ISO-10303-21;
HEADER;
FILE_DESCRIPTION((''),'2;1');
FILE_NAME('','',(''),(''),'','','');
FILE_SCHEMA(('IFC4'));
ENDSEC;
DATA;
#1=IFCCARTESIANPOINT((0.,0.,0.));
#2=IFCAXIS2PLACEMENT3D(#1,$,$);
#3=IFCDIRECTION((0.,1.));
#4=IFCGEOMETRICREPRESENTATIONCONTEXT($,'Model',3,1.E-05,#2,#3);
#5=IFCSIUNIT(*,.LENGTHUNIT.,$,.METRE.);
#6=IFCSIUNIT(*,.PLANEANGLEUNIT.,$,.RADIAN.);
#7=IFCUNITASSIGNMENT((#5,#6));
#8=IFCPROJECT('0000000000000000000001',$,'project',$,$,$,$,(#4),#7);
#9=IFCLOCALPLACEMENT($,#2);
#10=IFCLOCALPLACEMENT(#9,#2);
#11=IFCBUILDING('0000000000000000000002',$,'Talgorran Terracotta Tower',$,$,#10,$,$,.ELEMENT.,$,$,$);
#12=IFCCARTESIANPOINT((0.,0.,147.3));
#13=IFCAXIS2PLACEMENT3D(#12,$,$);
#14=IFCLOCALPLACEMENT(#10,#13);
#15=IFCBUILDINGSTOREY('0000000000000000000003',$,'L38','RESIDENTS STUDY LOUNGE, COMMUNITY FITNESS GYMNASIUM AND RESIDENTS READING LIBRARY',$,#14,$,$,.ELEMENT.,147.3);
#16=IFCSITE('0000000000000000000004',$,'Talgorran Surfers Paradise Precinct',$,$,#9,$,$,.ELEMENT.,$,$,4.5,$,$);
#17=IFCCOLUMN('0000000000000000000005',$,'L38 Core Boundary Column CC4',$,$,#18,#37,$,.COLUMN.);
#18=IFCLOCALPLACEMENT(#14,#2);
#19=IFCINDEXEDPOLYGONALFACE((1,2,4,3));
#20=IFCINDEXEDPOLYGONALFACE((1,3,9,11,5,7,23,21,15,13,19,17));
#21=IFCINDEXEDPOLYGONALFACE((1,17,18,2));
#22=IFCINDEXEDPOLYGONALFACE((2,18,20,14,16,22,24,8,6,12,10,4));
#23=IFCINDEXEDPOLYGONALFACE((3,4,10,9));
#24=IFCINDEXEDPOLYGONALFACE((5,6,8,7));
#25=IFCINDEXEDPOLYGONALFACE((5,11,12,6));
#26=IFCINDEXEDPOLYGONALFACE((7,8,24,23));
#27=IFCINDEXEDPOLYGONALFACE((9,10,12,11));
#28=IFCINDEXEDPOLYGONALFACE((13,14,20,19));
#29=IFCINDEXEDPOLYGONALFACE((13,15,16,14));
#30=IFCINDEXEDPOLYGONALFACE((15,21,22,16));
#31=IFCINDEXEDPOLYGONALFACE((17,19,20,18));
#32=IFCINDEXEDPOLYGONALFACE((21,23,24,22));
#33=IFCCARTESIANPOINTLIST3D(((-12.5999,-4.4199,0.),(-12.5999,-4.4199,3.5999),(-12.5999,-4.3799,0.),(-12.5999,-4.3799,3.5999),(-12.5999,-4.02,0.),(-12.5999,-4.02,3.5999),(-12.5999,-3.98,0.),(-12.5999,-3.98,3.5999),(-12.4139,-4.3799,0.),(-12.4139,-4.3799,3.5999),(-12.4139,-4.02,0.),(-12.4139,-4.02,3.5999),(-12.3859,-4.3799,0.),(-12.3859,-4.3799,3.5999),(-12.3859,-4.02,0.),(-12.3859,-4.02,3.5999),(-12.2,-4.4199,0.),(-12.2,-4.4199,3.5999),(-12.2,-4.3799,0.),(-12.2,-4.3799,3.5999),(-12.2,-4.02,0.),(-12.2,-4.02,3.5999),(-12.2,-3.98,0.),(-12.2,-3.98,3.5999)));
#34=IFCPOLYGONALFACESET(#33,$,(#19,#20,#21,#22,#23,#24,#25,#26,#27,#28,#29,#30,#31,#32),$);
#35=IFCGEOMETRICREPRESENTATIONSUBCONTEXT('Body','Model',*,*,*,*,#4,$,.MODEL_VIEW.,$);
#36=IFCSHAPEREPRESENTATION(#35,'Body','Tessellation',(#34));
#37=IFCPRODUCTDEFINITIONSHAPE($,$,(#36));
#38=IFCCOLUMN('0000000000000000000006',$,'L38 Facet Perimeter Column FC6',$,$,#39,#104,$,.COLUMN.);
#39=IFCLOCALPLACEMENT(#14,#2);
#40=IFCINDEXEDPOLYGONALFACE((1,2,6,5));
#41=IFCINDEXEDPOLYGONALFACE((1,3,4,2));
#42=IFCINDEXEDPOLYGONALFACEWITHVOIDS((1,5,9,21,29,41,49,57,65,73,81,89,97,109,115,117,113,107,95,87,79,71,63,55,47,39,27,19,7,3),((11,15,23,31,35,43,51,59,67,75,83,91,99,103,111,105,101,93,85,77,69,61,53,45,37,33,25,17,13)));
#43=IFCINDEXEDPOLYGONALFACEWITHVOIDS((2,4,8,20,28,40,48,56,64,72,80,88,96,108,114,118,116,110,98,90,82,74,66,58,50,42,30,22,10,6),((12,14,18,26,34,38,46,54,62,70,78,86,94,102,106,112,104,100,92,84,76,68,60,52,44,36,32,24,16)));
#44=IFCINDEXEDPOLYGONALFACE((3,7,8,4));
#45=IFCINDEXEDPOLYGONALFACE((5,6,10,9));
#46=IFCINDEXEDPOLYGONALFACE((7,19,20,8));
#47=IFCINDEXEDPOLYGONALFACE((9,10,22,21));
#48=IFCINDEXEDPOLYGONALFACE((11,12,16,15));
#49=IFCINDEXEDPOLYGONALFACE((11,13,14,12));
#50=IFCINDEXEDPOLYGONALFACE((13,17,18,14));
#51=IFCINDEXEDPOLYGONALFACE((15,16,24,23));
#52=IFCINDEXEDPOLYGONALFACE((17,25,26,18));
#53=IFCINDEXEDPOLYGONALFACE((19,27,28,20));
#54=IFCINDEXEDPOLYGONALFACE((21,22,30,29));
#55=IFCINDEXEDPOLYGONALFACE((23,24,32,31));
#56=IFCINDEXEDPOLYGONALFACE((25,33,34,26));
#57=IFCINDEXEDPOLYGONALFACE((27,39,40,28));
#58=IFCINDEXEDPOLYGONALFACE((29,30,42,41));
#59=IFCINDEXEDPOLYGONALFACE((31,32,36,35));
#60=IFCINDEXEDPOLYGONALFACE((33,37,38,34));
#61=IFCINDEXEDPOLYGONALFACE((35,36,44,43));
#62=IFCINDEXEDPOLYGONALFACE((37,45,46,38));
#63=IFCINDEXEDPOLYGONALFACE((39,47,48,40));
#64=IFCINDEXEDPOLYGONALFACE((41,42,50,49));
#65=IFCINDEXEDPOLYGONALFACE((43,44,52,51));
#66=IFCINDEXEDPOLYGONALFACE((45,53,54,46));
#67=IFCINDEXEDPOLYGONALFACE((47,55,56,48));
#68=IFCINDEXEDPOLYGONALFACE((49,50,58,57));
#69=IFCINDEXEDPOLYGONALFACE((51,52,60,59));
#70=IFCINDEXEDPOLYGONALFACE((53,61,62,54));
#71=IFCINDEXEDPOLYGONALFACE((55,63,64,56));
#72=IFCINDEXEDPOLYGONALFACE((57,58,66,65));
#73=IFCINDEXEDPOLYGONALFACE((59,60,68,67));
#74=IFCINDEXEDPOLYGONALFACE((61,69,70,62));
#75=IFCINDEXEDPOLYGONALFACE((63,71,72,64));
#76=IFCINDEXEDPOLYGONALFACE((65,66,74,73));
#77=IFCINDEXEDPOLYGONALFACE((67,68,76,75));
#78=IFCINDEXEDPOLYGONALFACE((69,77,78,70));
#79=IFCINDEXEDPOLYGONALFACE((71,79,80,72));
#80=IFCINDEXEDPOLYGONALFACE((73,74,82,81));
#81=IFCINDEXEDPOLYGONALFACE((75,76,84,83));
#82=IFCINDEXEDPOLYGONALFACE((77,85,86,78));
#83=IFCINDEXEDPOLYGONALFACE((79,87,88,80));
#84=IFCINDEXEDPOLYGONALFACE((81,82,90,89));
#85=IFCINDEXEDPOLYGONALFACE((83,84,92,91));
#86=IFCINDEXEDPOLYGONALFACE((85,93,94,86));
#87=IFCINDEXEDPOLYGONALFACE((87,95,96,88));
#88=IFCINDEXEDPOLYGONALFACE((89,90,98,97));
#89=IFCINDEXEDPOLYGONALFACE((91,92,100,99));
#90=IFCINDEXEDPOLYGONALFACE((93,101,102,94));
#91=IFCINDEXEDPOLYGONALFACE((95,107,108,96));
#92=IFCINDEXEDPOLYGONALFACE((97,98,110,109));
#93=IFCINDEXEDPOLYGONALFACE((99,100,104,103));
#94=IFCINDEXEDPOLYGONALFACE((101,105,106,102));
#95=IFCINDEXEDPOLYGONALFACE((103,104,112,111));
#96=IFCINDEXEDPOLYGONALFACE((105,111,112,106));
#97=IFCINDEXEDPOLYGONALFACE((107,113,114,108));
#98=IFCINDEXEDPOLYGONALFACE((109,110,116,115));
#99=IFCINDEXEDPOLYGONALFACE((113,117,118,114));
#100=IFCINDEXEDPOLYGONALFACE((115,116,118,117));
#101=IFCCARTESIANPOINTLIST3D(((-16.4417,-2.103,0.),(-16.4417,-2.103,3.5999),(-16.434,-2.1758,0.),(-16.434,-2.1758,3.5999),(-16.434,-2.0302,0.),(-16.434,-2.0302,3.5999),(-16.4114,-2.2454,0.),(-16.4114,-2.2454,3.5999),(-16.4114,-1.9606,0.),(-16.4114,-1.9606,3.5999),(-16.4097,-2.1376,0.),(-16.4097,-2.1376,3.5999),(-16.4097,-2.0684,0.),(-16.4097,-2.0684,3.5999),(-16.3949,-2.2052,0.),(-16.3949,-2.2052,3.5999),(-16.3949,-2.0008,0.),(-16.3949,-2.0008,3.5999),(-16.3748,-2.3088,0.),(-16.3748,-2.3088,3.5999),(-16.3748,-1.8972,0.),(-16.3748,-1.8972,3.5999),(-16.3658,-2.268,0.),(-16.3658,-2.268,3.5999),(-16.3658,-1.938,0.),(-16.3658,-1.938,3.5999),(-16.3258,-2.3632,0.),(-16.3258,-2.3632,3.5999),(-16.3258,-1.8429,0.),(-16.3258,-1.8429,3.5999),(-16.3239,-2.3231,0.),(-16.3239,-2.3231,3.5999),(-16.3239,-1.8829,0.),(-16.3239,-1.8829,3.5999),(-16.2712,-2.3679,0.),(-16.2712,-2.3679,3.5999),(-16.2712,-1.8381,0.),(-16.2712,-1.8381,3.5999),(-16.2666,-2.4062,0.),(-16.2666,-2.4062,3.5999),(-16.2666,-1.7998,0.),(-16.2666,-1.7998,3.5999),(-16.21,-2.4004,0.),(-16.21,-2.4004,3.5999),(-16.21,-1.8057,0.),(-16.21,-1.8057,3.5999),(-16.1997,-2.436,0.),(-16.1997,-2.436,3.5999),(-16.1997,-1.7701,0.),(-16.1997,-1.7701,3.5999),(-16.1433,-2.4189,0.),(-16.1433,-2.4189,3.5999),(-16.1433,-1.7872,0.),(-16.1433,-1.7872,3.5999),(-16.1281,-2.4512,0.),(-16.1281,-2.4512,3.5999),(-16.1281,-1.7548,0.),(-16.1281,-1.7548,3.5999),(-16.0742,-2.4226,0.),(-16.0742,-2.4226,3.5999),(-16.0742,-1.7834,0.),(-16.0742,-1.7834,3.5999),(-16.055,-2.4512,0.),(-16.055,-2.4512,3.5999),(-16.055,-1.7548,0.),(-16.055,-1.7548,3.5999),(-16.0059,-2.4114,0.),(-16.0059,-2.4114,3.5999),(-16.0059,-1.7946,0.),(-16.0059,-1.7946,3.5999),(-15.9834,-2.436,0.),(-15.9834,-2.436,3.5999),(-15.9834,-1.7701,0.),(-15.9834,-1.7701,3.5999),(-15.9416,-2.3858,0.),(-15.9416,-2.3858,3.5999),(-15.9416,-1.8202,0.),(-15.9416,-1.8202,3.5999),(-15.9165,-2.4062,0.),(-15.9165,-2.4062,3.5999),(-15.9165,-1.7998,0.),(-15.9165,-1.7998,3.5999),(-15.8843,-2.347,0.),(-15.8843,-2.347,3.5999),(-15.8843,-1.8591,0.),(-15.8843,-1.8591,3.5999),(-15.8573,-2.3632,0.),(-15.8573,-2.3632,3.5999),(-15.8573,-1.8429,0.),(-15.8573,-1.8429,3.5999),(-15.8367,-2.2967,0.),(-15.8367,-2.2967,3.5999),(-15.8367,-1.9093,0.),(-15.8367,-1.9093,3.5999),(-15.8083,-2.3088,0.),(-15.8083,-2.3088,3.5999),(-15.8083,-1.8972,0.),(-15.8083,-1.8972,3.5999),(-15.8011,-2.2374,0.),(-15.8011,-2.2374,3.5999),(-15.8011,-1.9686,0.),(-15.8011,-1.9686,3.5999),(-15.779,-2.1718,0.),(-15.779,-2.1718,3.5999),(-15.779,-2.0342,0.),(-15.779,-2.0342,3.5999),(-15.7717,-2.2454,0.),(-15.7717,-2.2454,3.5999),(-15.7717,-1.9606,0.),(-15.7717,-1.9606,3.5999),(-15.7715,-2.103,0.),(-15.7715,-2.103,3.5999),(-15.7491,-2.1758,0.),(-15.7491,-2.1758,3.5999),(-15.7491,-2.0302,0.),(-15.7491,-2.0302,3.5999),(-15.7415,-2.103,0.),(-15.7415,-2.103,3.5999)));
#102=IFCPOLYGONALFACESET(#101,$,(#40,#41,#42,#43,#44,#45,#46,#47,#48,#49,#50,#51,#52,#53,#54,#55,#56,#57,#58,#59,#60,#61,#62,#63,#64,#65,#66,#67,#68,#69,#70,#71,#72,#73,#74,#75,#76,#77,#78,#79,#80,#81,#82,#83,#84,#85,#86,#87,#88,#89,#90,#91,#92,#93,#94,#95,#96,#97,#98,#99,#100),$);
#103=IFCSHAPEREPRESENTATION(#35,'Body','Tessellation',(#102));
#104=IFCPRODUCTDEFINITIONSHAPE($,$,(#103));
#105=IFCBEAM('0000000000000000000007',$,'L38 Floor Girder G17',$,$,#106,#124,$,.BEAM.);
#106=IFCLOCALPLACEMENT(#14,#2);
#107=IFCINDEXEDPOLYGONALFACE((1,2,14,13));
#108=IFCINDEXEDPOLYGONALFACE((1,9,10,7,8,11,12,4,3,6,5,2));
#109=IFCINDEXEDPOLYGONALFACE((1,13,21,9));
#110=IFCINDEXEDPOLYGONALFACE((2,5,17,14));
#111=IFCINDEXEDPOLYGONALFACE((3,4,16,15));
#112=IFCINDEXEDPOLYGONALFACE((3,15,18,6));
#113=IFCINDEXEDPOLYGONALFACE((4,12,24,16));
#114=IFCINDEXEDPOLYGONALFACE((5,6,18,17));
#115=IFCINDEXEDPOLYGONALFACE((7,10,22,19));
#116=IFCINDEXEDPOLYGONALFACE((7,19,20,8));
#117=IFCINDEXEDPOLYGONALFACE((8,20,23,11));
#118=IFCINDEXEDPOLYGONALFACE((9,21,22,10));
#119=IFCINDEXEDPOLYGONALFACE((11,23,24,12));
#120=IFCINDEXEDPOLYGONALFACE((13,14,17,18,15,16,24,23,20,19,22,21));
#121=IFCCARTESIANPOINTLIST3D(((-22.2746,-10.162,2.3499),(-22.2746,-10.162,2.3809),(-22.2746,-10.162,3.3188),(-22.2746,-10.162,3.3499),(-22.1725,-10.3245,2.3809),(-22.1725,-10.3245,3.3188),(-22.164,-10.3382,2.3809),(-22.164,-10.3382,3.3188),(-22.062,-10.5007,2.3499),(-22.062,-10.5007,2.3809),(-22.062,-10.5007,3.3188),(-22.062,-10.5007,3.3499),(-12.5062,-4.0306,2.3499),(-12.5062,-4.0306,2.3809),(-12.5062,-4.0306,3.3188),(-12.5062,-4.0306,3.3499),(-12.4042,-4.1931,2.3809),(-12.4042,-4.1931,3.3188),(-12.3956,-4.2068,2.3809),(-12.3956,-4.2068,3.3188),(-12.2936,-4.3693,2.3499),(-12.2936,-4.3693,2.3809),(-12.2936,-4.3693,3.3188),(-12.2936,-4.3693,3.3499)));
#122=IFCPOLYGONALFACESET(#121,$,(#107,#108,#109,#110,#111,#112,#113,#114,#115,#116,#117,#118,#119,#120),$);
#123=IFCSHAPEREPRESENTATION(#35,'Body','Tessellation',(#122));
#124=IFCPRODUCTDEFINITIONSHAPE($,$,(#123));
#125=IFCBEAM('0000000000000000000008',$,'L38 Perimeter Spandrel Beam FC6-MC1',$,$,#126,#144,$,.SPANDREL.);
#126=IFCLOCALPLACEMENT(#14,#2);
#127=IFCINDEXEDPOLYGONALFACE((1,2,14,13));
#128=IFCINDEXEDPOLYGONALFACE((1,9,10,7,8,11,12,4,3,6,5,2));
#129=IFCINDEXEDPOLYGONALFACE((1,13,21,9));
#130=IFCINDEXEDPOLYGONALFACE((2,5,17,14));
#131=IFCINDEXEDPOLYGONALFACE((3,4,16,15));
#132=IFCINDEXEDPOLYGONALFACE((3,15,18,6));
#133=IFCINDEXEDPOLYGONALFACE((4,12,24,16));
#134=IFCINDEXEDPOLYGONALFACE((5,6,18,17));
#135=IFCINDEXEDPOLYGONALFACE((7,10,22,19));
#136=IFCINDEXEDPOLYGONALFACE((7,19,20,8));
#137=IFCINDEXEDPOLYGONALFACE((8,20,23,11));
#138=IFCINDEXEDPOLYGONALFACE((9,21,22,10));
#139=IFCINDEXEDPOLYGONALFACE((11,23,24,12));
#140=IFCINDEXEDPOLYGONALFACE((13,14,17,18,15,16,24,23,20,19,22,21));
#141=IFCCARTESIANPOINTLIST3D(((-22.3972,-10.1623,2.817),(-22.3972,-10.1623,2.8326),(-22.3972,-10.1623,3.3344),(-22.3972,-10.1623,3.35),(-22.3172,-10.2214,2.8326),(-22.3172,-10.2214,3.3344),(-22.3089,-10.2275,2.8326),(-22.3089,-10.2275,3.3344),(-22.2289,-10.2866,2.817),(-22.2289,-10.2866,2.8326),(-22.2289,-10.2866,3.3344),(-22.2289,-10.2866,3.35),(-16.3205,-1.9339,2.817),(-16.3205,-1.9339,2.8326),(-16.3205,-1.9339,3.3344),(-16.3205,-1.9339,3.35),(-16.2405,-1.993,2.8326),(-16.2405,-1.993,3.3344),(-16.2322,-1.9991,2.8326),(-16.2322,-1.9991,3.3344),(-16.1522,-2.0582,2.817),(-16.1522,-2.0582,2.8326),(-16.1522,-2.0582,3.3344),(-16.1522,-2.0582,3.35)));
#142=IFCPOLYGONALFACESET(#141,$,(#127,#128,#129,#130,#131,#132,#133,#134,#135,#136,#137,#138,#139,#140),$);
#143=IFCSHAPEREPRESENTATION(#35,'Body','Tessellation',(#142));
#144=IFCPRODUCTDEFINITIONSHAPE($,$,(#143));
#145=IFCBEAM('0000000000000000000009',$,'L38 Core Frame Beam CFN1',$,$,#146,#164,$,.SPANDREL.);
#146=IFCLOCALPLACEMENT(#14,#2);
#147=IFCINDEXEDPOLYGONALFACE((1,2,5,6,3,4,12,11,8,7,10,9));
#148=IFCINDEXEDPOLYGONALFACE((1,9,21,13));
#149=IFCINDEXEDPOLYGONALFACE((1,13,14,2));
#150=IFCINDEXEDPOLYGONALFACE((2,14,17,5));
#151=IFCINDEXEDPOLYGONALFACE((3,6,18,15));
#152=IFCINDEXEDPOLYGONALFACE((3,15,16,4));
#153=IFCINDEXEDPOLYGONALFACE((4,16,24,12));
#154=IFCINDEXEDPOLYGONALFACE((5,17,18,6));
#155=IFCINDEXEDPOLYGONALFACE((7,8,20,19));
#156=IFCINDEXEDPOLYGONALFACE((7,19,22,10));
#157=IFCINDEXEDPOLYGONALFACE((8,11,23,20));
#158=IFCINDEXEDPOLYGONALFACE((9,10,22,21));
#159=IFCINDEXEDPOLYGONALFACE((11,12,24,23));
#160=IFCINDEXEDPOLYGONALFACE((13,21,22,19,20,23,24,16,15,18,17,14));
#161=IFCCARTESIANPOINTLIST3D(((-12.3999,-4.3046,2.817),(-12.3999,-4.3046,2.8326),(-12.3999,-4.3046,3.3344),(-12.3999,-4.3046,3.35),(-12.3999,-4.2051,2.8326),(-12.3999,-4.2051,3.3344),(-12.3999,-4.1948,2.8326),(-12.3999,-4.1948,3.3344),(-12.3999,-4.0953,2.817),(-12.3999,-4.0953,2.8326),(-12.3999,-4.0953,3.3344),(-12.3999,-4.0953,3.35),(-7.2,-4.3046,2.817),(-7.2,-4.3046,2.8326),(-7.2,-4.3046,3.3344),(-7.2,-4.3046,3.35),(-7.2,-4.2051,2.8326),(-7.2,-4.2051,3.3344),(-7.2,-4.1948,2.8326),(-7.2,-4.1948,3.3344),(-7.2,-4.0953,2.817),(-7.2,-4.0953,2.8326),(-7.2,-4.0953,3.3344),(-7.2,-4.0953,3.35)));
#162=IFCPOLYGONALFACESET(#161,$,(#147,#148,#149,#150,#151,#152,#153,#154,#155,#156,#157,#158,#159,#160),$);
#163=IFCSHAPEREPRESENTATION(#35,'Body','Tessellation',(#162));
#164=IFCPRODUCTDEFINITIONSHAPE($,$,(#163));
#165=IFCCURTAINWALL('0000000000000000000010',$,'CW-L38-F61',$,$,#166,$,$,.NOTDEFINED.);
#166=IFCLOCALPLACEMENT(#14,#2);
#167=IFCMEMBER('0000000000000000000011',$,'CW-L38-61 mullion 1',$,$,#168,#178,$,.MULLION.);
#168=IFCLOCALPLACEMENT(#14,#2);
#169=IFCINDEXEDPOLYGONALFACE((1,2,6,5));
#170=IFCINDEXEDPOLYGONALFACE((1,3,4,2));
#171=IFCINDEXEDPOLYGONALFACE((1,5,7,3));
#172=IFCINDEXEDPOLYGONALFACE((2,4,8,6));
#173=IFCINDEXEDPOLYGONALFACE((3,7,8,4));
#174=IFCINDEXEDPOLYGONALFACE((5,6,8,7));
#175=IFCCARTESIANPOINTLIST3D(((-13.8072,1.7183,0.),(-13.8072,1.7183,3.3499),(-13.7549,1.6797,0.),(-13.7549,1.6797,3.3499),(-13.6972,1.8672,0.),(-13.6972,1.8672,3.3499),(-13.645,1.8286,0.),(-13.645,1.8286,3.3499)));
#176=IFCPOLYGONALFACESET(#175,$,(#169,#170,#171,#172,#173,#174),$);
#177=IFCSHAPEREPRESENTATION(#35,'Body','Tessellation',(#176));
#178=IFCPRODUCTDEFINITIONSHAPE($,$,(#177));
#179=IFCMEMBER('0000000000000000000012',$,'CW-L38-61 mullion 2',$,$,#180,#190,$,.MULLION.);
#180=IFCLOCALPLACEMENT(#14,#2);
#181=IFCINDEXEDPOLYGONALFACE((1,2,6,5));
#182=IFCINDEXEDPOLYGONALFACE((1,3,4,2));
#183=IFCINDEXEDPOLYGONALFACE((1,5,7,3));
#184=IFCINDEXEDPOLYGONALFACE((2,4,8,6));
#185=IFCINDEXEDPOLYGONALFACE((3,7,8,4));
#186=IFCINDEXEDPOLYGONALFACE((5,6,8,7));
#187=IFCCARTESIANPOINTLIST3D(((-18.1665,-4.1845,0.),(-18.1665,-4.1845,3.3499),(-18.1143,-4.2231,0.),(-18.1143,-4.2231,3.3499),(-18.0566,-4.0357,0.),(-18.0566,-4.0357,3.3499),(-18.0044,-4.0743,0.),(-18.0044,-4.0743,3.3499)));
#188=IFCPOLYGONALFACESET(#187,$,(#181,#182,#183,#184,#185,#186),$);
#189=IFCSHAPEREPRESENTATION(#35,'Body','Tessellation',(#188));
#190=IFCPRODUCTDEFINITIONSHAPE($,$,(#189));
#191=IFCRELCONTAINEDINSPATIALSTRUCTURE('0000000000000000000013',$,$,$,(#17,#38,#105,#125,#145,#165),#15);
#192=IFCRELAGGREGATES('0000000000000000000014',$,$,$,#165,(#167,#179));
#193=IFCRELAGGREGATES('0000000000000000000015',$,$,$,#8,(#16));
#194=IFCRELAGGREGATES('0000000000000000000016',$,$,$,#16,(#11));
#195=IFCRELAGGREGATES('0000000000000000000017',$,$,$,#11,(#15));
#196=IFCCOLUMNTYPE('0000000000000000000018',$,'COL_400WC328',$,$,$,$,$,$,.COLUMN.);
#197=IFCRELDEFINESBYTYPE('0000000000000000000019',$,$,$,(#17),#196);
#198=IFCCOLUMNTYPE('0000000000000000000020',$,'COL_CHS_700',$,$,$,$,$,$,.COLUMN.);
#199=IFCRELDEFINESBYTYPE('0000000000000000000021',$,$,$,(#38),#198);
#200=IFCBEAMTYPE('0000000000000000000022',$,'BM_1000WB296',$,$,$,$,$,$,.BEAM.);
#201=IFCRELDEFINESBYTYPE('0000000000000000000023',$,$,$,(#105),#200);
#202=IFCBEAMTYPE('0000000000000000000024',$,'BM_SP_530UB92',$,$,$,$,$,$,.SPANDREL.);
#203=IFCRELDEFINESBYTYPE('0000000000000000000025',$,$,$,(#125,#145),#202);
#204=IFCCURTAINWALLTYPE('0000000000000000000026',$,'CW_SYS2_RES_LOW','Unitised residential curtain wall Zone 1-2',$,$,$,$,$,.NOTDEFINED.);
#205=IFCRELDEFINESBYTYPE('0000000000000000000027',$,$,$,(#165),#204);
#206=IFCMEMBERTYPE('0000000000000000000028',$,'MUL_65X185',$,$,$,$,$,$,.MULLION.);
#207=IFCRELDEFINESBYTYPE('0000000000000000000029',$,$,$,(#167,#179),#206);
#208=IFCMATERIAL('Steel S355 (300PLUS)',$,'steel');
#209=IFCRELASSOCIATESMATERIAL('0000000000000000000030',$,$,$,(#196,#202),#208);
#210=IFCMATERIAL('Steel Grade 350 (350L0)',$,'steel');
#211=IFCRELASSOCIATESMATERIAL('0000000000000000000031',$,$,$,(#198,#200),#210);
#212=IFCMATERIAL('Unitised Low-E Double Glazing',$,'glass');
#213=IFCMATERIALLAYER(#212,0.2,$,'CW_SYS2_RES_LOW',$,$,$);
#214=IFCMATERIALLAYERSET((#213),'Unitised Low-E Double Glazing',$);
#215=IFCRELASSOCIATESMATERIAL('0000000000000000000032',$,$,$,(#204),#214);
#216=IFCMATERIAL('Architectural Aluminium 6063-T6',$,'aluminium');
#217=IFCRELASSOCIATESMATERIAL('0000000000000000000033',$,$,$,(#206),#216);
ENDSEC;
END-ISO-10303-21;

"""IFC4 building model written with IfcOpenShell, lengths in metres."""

from ifc_helpers import new_model, si_unit, direction, frame, origin, origin_2d, place, context, subcontext, project, spatial, rectangle, hollow_circle, i_section, extrude, material, layer, layer_set, material_profile, profile_set, type_object, element, aggregate, save


model = new_model("IFC4")

# Units and contexts
model_context = context("Model", 3, precision=1e-05, world=origin(), true_north=direction((0.0, 1.0)))
body_context = subcontext(model_context, "Body", "Model", "MODEL_VIEW")
ifc_project = project(units=[si_unit("LENGTHUNIT", "METRE"), si_unit("PLANEANGLEUNIT", "RADIAN")], contexts=[model_context])

# Site, building, storey
site_placement = place(None, origin())
site = spatial("IfcSite", under=ifc_project, at=site_placement, Name="Talgorran Surfers Paradise Precinct", CompositionType="ELEMENT", RefElevation=4.5)
building_placement = place(site_placement, origin())
building = spatial("IfcBuilding", under=site, at=building_placement, Name="Talgorran Terracotta Tower", CompositionType="ELEMENT")
storey_placement = place(building_placement, frame((0.0, 0.0, 147.3)))
storey = spatial("IfcBuildingStorey", under=building, at=storey_placement, Name="L38", Description="RESIDENTS STUDY LOUNGE, COMMUNITY FITNESS GYMNASIUM AND RESIDENTS READING LIBRARY", CompositionType="ELEMENT", Elevation=147.3)

# Columns
ifc_material_1 = material(Name="Steel S355 (300PLUS)", Category="steel")
ifc_material_profile_1 = material_profile(ifc_material_1, i_section(OverallWidth=0.3999, OverallDepth=0.4399, WebThickness=0.0281, FlangeThickness=0.04, at=origin_2d()), Name="400WC328")
ifc_profile_set_1 = profile_set([ifc_material_profile_1], Name="Steel S355 (300PLUS)")
column_type_1 = type_object("IfcColumnType", Name="COL_400WC328", PredefinedType="COLUMN", material=ifc_profile_set_1)
column_1_placement = place(storey_placement, frame((-12.3999, -4.2, 0.0), z_axis=(0.0, 0.0, 1.0), x_axis=(1.0, 0.0, 0.0)))
element("IfcColumn", 1, at=column_1_placement, inside=storey, type_object=column_type_1, Name="L38 Core Boundary Column CC4", PredefinedType="COLUMN", context=body_context, shape_type="SweptSolid", body=[
    extrude(i_section(OverallWidth=0.3999, OverallDepth=0.4399, WebThickness=0.0281, FlangeThickness=0.04, at=origin_2d()), origin(), (0.0, 0.0, 1.0), 3.5999),
])
ifc_material_2 = material(Name="Steel Grade 350 (350L0)", Category="steel")
ifc_material_profile_2 = material_profile(ifc_material_2, hollow_circle(Radius=0.3501, WallThickness=0.03, at=origin_2d()), Name="CHS700X30")
ifc_profile_set_2 = profile_set([ifc_material_profile_2], Name="Steel Grade 350 (350L0)")
column_type_2 = type_object("IfcColumnType", Name="COL_CHS_700", PredefinedType="COLUMN", material=ifc_profile_set_2)
column_2_placement = place(storey_placement, frame((-16.0916, -2.103, 0.0), z_axis=(0.0, 0.0, 1.0), x_axis=(1.0, 0.0, 0.0)))
element("IfcColumn", 2, at=column_2_placement, inside=storey, type_object=column_type_2, Name="L38 Facet Perimeter Column FC6", PredefinedType="COLUMN", context=body_context, shape_type="SweptSolid", body=[
    extrude(hollow_circle(Radius=0.3501, WallThickness=0.03, at=origin_2d()), origin(), (0.0, 0.0, 1.0), 3.5999),
])

# Beams
ifc_material_profile_3 = material_profile(ifc_material_2, i_section(OverallWidth=0.3999, OverallDepth=1.0, WebThickness=0.0161, FlangeThickness=0.031, at=origin_2d()), Name="1000WB296")
ifc_profile_set_3 = profile_set([ifc_material_profile_3], Name="Steel Grade 350 (350L0)")
beam_type_1 = type_object("IfcBeamType", Name="BM_1000WB296", PredefinedType="BEAM", material=ifc_profile_set_3)
beam_1_placement = place(storey_placement, frame((-12.3999, -4.2, 2.8499), z_axis=(-0.846978, -0.531629, 0.0), x_axis=(0.531629, -0.846978, 0.0)))
element("IfcBeam", 3, at=beam_1_placement, inside=storey, type_object=beam_type_1, Name="L38 Floor Girder G17", PredefinedType="BEAM", context=body_context, shape_type="SweptSolid", body=[
    extrude(i_section(OverallWidth=0.3999, OverallDepth=1.0, WebThickness=0.0161, FlangeThickness=0.031, at=origin_2d()), origin(), (0.0, 0.0, 1.0), 11.5332),
])
ifc_material_profile_4 = material_profile(ifc_material_1, i_section(OverallWidth=0.2092, OverallDepth=0.533, WebThickness=0.0103, FlangeThickness=0.0156, at=origin_2d()), Name="530UB92.4")
ifc_profile_set_4 = profile_set([ifc_material_profile_4], Name="Steel S355 (300PLUS)")
beam_type_2 = type_object("IfcBeamType", Name="BM_SP_530UB92", PredefinedType="SPANDREL", material=ifc_profile_set_4)
beam_2_placement = place(storey_placement, frame((-16.2363, -1.9961, 3.0835), z_axis=(-0.594068, -0.804415, 0.0), x_axis=(0.804415, -0.594068, 0.0)))
element("IfcBeam", 4, at=beam_2_placement, inside=storey, type_object=beam_type_2, Name="L38 Perimeter Spandrel Beam FC6-MC1", PredefinedType="SPANDREL", context=body_context, shape_type="SweptSolid", body=[
    extrude(i_section(OverallWidth=0.2092, OverallDepth=0.533, WebThickness=0.0103, FlangeThickness=0.0156, at=origin_2d()), origin(), (0.0, 0.0, 1.0), 10.229),
])
beam_3_placement = place(storey_placement, frame((-12.3999, -4.2, 3.0835), z_axis=(1.0, 0.0, 0.0), x_axis=(0.0, 1.0, 0.0)))
element("IfcBeam", 5, at=beam_3_placement, inside=storey, type_object=beam_type_2, Name="L38 Core Frame Beam CFN1", PredefinedType="SPANDREL", context=body_context, shape_type="SweptSolid", body=[
    extrude(i_section(OverallWidth=0.2092, OverallDepth=0.533, WebThickness=0.0103, FlangeThickness=0.0156, at=origin_2d()), origin(), (0.0, 0.0, 1.0), 5.2),
])

# Curtain wall, members
ifc_material_3 = material(Name="Unitised Low-E Double Glazing", Category="glass")
ifc_layer_1 = layer(ifc_material_3, 0.2, Name="CW_SYS2_RES_LOW")
ifc_layer_set_1 = layer_set([ifc_layer_1], Name="Unitised Low-E Double Glazing")
curtain_wall_type = type_object("IfcCurtainWallType", Name="CW_SYS2_RES_LOW", Description="Unitised residential curtain wall Zone 1-2", PredefinedType="NOTDEFINED", material=ifc_layer_set_1)
curtain_wall_1_placement = place(storey_placement, origin())
curtain_wall_1 = element("IfcCurtainWall", 6, at=curtain_wall_1_placement, inside=storey, type_object=curtain_wall_type, Name="CW-L38-F61", PredefinedType="NOTDEFINED")
ifc_material_4 = material(Name="Architectural Aluminium 6063-T6", Category="aluminium")
ifc_material_profile_5 = material_profile(ifc_material_4, rectangle(XDim=0.0649, YDim=0.1851, at=origin_2d()), Name="CWM65X185")
ifc_profile_set_5 = profile_set([ifc_material_profile_5], Name="Architectural Aluminium 6063-T6")
member_type_1 = type_object("IfcMemberType", Name="MUL_65X185", PredefinedType="MULLION", material=ifc_profile_set_5)
member_1_placement = place(storey_placement, frame((-13.7261, 1.7734, 0.0), z_axis=(0.0, 0.0, 1.0), x_axis=(0.804408, -0.594077, 0.0)))
member_1 = element("IfcMember", 7, at=member_1_placement, type_object=member_type_1, Name="CW-L38-61 mullion 1", PredefinedType="MULLION", context=body_context, shape_type="SweptSolid", body=[
    extrude(rectangle(XDim=0.0649, YDim=0.1851, at=origin_2d()), origin(), (0.0, 0.0, 1.0), 3.3499),
])
member_2_placement = place(storey_placement, frame((-18.0854, -4.1294, 0.0), z_axis=(0.0, 0.0, 1.0), x_axis=(0.804408, -0.594077, 0.0)))
member_2 = element("IfcMember", 8, at=member_2_placement, type_object=member_type_1, Name="CW-L38-61 mullion 2", PredefinedType="MULLION", context=body_context, shape_type="SweptSolid", body=[
    extrude(rectangle(XDim=0.0649, YDim=0.1851, at=origin_2d()), origin(), (0.0, 0.0, 1.0), 3.3499),
])

aggregate(curtain_wall_1, [member_1, member_2])

save(model, "model.ifc")
